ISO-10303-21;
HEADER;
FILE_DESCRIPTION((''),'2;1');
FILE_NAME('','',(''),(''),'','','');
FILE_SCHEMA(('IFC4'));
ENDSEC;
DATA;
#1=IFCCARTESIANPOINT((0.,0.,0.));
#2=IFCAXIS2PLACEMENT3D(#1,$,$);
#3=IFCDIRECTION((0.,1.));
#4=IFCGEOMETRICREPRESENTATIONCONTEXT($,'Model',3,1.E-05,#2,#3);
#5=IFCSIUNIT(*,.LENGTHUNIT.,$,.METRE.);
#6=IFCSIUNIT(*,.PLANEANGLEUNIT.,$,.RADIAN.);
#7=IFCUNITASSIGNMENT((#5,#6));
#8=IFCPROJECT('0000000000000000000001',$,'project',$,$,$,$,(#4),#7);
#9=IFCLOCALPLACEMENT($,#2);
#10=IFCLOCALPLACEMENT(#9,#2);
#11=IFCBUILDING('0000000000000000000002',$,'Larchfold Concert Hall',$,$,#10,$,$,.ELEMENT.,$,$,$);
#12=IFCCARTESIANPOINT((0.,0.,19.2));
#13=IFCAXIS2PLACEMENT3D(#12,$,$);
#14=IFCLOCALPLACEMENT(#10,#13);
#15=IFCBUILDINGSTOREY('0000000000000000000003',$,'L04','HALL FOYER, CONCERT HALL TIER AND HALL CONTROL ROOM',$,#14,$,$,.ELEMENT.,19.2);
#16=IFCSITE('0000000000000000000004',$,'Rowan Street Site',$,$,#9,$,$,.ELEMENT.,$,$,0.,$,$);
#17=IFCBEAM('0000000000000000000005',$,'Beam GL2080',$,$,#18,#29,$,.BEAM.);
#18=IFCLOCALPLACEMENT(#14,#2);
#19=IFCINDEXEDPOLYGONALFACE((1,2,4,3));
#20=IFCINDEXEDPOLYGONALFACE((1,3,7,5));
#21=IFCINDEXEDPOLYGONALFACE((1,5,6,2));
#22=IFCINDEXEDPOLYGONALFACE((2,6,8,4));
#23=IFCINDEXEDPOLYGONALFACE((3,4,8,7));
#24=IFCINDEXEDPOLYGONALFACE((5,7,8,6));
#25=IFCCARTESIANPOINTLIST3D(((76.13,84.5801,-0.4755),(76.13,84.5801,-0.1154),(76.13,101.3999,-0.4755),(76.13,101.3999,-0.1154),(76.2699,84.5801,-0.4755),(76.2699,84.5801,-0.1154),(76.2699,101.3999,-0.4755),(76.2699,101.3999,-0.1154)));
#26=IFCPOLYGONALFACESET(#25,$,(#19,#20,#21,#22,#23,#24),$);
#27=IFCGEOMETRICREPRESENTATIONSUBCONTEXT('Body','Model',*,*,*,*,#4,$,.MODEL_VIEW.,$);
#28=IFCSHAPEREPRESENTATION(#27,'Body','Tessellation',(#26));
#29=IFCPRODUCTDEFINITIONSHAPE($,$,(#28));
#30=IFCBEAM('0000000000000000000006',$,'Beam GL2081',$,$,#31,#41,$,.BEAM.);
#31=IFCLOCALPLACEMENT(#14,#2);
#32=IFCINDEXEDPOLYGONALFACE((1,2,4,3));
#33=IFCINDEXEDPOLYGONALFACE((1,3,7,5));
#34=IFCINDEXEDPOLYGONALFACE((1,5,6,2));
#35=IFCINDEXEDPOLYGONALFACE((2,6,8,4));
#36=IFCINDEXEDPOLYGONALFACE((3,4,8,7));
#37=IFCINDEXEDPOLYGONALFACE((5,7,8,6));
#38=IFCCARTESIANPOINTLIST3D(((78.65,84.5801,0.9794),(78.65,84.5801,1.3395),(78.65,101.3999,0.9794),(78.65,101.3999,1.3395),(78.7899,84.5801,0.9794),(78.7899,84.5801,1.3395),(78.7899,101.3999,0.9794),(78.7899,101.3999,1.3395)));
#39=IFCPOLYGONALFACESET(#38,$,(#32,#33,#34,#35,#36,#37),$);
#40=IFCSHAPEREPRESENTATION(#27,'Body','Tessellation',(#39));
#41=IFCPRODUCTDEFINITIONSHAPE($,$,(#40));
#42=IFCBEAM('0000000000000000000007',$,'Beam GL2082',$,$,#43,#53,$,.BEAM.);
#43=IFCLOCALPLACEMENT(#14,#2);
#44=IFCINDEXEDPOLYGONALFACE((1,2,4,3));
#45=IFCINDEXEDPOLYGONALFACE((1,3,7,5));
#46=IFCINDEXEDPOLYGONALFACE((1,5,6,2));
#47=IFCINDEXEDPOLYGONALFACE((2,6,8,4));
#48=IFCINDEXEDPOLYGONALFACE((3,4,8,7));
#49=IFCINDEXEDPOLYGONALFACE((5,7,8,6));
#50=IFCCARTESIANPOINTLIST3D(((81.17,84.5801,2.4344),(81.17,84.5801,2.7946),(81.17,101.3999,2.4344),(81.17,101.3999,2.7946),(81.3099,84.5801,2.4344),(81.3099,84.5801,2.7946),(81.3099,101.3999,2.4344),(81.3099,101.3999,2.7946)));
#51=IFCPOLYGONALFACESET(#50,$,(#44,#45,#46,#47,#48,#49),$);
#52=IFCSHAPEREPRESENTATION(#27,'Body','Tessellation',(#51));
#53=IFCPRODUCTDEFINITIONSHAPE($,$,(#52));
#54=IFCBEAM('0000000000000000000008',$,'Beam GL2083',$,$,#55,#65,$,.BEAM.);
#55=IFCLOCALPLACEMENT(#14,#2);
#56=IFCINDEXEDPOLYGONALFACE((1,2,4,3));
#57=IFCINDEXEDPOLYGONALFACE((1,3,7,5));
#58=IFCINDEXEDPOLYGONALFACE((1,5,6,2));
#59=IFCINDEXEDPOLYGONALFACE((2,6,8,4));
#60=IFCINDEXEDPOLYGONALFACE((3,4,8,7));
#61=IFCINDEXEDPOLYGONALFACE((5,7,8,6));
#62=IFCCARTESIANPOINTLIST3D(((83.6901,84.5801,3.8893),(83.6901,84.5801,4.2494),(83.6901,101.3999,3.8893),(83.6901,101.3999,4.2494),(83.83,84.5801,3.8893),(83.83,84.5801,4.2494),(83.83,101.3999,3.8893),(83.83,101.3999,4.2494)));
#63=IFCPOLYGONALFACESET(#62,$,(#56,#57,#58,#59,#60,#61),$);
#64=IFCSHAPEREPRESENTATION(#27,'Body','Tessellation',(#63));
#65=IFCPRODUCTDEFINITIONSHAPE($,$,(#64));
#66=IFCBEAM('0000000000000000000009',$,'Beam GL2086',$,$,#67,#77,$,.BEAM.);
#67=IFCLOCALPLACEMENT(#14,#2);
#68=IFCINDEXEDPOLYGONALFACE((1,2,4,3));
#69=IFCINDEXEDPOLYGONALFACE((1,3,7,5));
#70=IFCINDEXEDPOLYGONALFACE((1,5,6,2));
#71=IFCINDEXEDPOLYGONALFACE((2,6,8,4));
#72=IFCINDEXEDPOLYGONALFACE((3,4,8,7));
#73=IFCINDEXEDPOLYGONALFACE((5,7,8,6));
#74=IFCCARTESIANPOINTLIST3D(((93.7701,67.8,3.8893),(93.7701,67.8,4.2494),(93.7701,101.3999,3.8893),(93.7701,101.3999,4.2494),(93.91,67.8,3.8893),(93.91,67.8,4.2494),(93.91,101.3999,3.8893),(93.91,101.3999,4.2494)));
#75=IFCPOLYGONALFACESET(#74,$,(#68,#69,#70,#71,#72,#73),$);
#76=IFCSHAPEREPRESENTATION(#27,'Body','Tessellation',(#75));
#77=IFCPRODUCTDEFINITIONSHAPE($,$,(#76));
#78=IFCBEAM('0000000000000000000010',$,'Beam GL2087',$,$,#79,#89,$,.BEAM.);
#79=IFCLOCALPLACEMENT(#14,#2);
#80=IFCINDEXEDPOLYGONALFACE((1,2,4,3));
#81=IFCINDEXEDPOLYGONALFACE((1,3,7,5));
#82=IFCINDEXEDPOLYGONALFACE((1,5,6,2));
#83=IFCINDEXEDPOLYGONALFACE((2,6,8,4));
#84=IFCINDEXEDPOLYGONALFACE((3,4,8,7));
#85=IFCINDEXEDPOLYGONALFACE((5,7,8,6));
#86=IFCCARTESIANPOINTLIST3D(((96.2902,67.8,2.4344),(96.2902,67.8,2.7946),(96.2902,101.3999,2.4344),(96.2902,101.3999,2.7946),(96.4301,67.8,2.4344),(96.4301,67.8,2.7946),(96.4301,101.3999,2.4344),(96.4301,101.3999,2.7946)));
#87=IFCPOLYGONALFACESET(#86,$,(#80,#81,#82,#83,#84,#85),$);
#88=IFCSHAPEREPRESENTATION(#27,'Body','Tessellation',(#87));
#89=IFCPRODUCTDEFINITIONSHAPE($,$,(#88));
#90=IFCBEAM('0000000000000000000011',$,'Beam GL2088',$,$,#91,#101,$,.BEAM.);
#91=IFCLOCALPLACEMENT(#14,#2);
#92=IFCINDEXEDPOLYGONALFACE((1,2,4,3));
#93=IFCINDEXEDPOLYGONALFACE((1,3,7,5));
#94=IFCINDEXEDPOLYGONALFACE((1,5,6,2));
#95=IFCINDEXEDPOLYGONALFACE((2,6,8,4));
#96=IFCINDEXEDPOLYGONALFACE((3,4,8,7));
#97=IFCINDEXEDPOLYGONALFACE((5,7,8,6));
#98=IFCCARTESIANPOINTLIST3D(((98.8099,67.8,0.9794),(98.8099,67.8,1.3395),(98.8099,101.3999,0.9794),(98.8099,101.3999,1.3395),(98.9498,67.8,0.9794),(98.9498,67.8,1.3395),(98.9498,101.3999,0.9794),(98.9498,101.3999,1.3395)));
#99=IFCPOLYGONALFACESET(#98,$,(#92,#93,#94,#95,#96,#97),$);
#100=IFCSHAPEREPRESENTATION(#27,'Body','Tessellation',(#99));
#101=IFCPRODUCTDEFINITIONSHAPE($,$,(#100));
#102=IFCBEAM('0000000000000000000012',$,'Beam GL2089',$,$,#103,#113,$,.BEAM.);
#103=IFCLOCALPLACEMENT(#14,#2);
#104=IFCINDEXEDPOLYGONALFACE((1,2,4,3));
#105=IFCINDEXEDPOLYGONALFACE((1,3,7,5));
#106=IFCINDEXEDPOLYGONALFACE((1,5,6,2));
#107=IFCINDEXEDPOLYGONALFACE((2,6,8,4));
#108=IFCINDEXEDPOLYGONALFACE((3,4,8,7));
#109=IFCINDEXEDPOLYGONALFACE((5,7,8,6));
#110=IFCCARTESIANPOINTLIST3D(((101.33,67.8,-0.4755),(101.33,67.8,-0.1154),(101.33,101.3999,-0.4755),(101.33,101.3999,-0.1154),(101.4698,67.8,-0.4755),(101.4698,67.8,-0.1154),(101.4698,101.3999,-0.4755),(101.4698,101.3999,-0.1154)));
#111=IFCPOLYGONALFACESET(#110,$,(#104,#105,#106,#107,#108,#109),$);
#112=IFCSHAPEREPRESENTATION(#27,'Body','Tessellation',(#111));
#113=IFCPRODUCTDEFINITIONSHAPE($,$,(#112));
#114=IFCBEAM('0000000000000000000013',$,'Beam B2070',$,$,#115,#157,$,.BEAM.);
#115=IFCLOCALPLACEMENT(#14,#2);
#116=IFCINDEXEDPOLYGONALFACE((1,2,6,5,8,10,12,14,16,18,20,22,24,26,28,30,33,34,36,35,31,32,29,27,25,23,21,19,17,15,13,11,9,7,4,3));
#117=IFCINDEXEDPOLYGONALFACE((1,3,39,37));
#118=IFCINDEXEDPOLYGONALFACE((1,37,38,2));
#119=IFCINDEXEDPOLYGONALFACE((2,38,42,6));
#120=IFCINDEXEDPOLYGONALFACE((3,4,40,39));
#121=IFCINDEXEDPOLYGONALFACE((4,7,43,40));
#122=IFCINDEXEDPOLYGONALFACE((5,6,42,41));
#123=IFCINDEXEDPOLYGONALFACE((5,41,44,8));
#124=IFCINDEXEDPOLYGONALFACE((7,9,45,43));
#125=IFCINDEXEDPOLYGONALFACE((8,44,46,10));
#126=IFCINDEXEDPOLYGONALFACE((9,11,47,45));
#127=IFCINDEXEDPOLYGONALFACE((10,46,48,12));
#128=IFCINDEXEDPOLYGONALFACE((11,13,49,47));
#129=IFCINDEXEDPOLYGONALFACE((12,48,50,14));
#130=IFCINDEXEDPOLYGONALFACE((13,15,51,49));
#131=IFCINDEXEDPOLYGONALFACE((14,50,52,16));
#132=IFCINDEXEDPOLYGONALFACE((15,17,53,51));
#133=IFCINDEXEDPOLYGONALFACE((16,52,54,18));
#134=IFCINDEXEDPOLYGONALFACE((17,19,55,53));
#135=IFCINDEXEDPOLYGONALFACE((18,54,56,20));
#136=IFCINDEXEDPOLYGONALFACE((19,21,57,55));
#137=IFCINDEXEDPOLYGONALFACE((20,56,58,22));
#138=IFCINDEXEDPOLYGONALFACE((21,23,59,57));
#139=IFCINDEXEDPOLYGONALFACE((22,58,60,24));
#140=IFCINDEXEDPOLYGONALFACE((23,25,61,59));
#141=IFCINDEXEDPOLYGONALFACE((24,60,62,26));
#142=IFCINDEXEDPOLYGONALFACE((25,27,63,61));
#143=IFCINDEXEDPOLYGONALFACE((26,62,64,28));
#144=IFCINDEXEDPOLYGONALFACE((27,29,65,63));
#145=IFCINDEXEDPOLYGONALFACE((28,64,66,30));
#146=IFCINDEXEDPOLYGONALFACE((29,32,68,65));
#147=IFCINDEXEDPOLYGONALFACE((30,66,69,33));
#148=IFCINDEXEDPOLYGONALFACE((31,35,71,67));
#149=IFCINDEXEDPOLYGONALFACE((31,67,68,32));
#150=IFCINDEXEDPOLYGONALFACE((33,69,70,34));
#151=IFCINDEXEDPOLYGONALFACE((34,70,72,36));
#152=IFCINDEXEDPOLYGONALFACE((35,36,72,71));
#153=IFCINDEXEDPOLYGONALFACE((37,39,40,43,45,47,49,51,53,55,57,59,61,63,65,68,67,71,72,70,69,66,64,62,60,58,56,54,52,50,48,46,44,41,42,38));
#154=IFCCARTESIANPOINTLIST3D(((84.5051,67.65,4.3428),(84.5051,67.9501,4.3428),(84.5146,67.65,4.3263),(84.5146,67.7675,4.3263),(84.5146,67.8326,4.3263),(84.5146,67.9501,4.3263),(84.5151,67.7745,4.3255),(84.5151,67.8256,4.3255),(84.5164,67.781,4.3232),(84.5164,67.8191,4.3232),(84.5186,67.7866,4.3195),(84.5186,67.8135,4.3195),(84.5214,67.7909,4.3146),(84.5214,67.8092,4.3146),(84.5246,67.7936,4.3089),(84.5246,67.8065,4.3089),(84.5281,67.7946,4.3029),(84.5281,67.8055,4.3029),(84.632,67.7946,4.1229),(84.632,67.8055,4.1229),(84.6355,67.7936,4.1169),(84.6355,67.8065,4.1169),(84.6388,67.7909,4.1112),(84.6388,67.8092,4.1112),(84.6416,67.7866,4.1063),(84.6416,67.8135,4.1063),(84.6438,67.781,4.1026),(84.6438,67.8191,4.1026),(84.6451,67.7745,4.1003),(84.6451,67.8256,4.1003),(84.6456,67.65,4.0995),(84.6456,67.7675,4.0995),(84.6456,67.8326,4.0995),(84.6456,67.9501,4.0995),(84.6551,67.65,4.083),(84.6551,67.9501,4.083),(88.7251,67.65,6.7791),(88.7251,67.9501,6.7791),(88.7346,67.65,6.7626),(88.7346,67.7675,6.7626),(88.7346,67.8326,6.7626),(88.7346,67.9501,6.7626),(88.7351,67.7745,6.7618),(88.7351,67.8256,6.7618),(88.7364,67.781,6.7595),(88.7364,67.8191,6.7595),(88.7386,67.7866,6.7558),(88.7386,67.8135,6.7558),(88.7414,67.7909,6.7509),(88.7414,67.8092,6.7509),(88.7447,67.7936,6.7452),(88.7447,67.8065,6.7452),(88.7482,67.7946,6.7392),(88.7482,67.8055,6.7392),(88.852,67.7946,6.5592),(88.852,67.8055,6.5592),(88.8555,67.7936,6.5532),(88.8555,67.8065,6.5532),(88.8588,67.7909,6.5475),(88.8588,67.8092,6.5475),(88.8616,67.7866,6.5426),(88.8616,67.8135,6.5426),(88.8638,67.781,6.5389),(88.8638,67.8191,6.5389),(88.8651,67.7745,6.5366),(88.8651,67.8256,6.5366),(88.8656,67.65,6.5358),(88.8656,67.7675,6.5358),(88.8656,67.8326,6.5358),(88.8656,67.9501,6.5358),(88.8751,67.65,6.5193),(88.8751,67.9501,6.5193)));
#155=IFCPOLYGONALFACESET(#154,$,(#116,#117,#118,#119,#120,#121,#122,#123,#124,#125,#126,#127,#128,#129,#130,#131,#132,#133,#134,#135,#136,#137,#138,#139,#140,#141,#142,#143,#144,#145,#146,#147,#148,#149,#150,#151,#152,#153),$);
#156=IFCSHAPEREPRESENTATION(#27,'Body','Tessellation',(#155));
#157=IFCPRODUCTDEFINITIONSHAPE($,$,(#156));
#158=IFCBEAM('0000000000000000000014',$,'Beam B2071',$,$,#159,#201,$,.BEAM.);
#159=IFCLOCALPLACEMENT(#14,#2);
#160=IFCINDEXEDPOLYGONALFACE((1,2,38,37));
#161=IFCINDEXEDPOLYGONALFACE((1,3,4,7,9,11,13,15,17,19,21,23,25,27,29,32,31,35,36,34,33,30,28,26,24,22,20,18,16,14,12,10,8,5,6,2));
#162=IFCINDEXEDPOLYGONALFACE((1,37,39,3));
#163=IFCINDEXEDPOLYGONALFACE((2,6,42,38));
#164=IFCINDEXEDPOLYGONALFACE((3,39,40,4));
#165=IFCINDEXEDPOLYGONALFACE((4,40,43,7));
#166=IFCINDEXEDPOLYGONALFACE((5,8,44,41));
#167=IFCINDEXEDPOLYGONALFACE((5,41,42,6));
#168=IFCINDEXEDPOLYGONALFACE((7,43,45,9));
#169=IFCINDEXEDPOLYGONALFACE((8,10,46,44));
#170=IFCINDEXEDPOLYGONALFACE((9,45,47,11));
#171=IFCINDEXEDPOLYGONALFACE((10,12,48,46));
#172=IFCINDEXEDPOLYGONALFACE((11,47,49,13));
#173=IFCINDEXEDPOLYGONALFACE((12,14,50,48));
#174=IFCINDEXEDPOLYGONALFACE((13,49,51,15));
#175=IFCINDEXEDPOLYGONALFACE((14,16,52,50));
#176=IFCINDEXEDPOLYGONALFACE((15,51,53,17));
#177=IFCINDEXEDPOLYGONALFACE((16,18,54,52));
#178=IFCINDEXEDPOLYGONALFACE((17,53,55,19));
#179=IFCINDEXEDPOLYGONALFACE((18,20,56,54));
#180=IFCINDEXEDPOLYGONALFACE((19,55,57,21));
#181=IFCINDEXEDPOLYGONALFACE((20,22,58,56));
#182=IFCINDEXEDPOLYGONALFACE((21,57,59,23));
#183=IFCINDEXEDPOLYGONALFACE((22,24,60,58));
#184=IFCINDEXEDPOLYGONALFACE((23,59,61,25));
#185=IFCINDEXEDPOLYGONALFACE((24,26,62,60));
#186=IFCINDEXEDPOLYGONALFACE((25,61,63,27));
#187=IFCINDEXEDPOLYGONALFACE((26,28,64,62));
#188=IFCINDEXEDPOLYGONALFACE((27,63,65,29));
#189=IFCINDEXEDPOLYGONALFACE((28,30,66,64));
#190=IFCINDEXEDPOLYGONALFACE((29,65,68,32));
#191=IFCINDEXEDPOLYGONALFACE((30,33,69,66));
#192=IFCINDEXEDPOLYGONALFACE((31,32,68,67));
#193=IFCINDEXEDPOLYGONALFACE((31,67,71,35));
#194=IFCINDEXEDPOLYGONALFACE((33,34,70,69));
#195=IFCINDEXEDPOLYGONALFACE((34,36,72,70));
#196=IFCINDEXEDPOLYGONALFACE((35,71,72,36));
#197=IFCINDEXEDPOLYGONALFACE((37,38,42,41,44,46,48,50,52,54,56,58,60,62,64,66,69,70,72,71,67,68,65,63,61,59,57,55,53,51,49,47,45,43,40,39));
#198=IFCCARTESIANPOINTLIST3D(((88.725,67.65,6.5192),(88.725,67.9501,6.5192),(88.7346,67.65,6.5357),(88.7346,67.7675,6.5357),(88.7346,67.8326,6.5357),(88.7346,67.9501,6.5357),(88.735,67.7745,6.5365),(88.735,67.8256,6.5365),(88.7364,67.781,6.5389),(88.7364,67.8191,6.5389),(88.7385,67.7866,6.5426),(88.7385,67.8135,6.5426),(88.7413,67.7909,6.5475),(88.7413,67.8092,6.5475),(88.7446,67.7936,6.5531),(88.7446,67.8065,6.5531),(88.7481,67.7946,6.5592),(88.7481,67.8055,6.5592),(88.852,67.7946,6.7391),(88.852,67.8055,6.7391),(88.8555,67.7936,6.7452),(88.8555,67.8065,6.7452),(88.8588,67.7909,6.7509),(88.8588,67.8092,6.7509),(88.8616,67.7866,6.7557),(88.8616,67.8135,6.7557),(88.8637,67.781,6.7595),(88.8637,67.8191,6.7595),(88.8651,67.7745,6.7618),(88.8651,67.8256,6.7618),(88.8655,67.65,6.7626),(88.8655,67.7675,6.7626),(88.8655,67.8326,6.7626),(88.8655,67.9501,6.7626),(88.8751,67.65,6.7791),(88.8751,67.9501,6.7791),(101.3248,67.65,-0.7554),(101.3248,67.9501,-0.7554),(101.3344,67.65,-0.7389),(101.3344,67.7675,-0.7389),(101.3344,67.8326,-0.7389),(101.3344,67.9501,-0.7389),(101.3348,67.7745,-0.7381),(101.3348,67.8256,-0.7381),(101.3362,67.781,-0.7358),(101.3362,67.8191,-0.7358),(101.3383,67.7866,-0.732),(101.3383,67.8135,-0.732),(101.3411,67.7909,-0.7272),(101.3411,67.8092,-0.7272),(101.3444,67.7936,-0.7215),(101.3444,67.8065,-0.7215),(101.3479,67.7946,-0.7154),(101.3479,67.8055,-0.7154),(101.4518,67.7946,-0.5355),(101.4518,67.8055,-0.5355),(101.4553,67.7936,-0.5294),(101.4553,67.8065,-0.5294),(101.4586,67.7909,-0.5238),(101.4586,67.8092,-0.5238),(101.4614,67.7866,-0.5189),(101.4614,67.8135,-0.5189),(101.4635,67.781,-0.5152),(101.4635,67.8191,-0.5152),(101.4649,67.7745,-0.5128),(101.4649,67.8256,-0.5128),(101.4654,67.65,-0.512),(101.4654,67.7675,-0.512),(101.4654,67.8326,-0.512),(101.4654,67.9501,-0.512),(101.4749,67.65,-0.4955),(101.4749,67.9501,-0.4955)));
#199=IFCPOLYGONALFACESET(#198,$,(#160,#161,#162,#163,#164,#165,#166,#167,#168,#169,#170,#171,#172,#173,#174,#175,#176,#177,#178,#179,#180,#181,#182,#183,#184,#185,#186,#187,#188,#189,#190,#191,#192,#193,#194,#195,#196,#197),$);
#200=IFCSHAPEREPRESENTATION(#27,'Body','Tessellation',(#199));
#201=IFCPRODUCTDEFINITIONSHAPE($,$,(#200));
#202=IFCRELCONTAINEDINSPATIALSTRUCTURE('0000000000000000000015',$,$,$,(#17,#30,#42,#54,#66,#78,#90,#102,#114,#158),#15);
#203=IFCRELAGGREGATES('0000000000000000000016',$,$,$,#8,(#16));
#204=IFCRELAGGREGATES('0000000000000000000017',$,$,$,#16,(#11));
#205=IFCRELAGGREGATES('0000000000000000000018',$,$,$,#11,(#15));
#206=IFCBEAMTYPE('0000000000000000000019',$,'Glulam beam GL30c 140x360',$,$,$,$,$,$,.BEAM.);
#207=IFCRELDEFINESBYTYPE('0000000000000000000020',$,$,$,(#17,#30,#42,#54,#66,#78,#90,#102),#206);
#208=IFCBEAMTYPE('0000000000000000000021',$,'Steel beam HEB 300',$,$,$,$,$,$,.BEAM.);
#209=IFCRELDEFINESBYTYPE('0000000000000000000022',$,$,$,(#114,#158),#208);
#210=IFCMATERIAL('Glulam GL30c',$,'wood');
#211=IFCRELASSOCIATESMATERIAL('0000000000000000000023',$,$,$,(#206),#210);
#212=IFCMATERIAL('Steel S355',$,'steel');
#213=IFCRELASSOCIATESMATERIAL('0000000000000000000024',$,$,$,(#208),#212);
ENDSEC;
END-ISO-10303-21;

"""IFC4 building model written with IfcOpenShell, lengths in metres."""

from ifc_helpers import new_model, si_unit, direction, frame, origin, origin_2d, place, context, subcontext, project, spatial, rectangle, i_section, extrude, material, material_profile, profile_set, type_object, element, save


model = new_model("IFC4")

# Units and contexts
model_context = context("Model", 3, precision=1e-05, world=origin(), true_north=direction((0.0, 1.0)))
body_context = subcontext(model_context, "Body", "Model", "MODEL_VIEW")
ifc_project = project(units=[si_unit("LENGTHUNIT", "METRE"), si_unit("PLANEANGLEUNIT", "RADIAN")], contexts=[model_context])

# Site, building, storey
site_placement = place(None, origin())
site = spatial("IfcSite", under=ifc_project, at=site_placement, Name="Rowan Street Site", CompositionType="ELEMENT", RefElevation=0.0)
building_placement = place(site_placement, origin())
building = spatial("IfcBuilding", under=site, at=building_placement, Name="Larchfold Concert Hall", CompositionType="ELEMENT")
storey_placement = place(building_placement, frame((0.0, 0.0, 19.2)))
storey = spatial("IfcBuildingStorey", under=building, at=storey_placement, Name="L04", Description="HALL FOYER, CONCERT HALL TIER AND HALL CONTROL ROOM", CompositionType="ELEMENT", Elevation=19.2)

# Beams
ifc_material_1 = material(Name="Glulam GL30c", Category="wood")
ifc_material_profile_1 = material_profile(ifc_material_1, rectangle(XDim=0.1399, YDim=0.3601, at=origin_2d()))
ifc_profile_set_1 = profile_set([ifc_material_profile_1], Name="Glulam GL30c")
beam_type_1 = type_object("IfcBeamType", Name="Glulam beam GL30c 140x360", PredefinedType="BEAM", material=ifc_profile_set_1)
for number, where, z_axis, x_axis, name in (
    (1, (76.2, 84.5801, -0.2954), (0.0, 1.0, 0.0), (-1.0, 0.0, 0.0), "Beam GL2080"),
    (2, (78.72, 84.5801, 1.1594), (0.0, 1.0, 0.0), (-1.0, 0.0, 0.0), "Beam GL2081"),
    (3, (81.24, 84.5801, 2.6145), (0.0, 1.0, 0.0), (-1.0, 0.0, 0.0), "Beam GL2082"),
    (4, (83.76, 84.5801, 4.0693), (0.0, 1.0, 0.0), (-1.0, 0.0, 0.0), "Beam GL2083"),
):
    element("IfcBeam", number, at=place(storey_placement, frame(where, z_axis=z_axis, x_axis=x_axis)), inside=storey, type_object=beam_type_1, Name=name, PredefinedType="BEAM", context=body_context, shape_type="SweptSolid", body=[
        extrude(rectangle(XDim=0.1399, YDim=0.3601, at=origin_2d()), origin(), (0.0, 0.0, 1.0), 16.8198),
    ])
for number, where, z_axis, x_axis, name in (
    (5, (93.8401, 67.8, 4.0693), (0.0, 1.0, 0.0), (-1.0, 0.0, 0.0), "Beam GL2086"),
    (6, (96.3601, 67.8, 2.6145), (0.0, 1.0, 0.0), (-1.0, 0.0, 0.0), "Beam GL2087"),
    (7, (98.8799, 67.8, 1.1594), (0.0, 1.0, 0.0), (-1.0, 0.0, 0.0), "Beam GL2088"),
    (8, (101.3999, 67.8, -0.2954), (0.0, 1.0, 0.0), (-1.0, 0.0, 0.0), "Beam GL2089"),
):
    element("IfcBeam", number, at=place(storey_placement, frame(where, z_axis=z_axis, x_axis=x_axis)), inside=storey, type_object=beam_type_1, Name=name, PredefinedType="BEAM", context=body_context, shape_type="SweptSolid", body=[
        extrude(rectangle(XDim=0.1399, YDim=0.3601, at=origin_2d()), origin(), (0.0, 0.0, 1.0), 33.5999),
    ])
ifc_material_2 = material(Name="Steel S355", Category="steel")
ifc_material_profile_2 = material_profile(ifc_material_2, i_section(OverallWidth=0.3, OverallDepth=0.3, WebThickness=0.011, FlangeThickness=0.019, FilletRadius=0.0271, at=origin_2d()))
ifc_profile_set_2 = profile_set([ifc_material_profile_2], Name="Steel S355")
beam_type_2 = type_object("IfcBeamType", Name="Steel beam HEB 300", PredefinedType="BEAM", material=ifc_profile_set_2)
beam_1_placement = place(storey_placement, frame((84.5801, 67.8, 4.2129), z_axis=(0.866036, 0.0, 0.499981), x_axis=(0.0, 1.0, 0.0)))
element("IfcBeam", 9, at=beam_1_placement, inside=storey, type_object=beam_type_2, Name="Beam B2070", PredefinedType="BEAM", context=body_context, shape_type="SweptSolid", body=[
    extrude(i_section(OverallWidth=0.3, OverallDepth=0.3, WebThickness=0.011, FlangeThickness=0.019, FilletRadius=0.0271, at=origin_2d()), origin(), (0.0, 0.0, 1.0), 4.8728),
])
beam_2_placement = place(storey_placement, frame((88.8, 67.8, 6.6492), z_axis=(0.866022, 0.0, -0.500007), x_axis=(0.0, 1.0, 0.0)))
element("IfcBeam", 10, at=beam_2_placement, inside=storey, type_object=beam_type_2, Name="Beam B2071", PredefinedType="BEAM", context=body_context, shape_type="SweptSolid", body=[
    extrude(i_section(OverallWidth=0.3, OverallDepth=0.3, WebThickness=0.011, FlangeThickness=0.019, FilletRadius=0.0271, at=origin_2d()), origin(), (0.0, 0.0, 1.0), 14.5491),
])

save(model, "model.ifc")
